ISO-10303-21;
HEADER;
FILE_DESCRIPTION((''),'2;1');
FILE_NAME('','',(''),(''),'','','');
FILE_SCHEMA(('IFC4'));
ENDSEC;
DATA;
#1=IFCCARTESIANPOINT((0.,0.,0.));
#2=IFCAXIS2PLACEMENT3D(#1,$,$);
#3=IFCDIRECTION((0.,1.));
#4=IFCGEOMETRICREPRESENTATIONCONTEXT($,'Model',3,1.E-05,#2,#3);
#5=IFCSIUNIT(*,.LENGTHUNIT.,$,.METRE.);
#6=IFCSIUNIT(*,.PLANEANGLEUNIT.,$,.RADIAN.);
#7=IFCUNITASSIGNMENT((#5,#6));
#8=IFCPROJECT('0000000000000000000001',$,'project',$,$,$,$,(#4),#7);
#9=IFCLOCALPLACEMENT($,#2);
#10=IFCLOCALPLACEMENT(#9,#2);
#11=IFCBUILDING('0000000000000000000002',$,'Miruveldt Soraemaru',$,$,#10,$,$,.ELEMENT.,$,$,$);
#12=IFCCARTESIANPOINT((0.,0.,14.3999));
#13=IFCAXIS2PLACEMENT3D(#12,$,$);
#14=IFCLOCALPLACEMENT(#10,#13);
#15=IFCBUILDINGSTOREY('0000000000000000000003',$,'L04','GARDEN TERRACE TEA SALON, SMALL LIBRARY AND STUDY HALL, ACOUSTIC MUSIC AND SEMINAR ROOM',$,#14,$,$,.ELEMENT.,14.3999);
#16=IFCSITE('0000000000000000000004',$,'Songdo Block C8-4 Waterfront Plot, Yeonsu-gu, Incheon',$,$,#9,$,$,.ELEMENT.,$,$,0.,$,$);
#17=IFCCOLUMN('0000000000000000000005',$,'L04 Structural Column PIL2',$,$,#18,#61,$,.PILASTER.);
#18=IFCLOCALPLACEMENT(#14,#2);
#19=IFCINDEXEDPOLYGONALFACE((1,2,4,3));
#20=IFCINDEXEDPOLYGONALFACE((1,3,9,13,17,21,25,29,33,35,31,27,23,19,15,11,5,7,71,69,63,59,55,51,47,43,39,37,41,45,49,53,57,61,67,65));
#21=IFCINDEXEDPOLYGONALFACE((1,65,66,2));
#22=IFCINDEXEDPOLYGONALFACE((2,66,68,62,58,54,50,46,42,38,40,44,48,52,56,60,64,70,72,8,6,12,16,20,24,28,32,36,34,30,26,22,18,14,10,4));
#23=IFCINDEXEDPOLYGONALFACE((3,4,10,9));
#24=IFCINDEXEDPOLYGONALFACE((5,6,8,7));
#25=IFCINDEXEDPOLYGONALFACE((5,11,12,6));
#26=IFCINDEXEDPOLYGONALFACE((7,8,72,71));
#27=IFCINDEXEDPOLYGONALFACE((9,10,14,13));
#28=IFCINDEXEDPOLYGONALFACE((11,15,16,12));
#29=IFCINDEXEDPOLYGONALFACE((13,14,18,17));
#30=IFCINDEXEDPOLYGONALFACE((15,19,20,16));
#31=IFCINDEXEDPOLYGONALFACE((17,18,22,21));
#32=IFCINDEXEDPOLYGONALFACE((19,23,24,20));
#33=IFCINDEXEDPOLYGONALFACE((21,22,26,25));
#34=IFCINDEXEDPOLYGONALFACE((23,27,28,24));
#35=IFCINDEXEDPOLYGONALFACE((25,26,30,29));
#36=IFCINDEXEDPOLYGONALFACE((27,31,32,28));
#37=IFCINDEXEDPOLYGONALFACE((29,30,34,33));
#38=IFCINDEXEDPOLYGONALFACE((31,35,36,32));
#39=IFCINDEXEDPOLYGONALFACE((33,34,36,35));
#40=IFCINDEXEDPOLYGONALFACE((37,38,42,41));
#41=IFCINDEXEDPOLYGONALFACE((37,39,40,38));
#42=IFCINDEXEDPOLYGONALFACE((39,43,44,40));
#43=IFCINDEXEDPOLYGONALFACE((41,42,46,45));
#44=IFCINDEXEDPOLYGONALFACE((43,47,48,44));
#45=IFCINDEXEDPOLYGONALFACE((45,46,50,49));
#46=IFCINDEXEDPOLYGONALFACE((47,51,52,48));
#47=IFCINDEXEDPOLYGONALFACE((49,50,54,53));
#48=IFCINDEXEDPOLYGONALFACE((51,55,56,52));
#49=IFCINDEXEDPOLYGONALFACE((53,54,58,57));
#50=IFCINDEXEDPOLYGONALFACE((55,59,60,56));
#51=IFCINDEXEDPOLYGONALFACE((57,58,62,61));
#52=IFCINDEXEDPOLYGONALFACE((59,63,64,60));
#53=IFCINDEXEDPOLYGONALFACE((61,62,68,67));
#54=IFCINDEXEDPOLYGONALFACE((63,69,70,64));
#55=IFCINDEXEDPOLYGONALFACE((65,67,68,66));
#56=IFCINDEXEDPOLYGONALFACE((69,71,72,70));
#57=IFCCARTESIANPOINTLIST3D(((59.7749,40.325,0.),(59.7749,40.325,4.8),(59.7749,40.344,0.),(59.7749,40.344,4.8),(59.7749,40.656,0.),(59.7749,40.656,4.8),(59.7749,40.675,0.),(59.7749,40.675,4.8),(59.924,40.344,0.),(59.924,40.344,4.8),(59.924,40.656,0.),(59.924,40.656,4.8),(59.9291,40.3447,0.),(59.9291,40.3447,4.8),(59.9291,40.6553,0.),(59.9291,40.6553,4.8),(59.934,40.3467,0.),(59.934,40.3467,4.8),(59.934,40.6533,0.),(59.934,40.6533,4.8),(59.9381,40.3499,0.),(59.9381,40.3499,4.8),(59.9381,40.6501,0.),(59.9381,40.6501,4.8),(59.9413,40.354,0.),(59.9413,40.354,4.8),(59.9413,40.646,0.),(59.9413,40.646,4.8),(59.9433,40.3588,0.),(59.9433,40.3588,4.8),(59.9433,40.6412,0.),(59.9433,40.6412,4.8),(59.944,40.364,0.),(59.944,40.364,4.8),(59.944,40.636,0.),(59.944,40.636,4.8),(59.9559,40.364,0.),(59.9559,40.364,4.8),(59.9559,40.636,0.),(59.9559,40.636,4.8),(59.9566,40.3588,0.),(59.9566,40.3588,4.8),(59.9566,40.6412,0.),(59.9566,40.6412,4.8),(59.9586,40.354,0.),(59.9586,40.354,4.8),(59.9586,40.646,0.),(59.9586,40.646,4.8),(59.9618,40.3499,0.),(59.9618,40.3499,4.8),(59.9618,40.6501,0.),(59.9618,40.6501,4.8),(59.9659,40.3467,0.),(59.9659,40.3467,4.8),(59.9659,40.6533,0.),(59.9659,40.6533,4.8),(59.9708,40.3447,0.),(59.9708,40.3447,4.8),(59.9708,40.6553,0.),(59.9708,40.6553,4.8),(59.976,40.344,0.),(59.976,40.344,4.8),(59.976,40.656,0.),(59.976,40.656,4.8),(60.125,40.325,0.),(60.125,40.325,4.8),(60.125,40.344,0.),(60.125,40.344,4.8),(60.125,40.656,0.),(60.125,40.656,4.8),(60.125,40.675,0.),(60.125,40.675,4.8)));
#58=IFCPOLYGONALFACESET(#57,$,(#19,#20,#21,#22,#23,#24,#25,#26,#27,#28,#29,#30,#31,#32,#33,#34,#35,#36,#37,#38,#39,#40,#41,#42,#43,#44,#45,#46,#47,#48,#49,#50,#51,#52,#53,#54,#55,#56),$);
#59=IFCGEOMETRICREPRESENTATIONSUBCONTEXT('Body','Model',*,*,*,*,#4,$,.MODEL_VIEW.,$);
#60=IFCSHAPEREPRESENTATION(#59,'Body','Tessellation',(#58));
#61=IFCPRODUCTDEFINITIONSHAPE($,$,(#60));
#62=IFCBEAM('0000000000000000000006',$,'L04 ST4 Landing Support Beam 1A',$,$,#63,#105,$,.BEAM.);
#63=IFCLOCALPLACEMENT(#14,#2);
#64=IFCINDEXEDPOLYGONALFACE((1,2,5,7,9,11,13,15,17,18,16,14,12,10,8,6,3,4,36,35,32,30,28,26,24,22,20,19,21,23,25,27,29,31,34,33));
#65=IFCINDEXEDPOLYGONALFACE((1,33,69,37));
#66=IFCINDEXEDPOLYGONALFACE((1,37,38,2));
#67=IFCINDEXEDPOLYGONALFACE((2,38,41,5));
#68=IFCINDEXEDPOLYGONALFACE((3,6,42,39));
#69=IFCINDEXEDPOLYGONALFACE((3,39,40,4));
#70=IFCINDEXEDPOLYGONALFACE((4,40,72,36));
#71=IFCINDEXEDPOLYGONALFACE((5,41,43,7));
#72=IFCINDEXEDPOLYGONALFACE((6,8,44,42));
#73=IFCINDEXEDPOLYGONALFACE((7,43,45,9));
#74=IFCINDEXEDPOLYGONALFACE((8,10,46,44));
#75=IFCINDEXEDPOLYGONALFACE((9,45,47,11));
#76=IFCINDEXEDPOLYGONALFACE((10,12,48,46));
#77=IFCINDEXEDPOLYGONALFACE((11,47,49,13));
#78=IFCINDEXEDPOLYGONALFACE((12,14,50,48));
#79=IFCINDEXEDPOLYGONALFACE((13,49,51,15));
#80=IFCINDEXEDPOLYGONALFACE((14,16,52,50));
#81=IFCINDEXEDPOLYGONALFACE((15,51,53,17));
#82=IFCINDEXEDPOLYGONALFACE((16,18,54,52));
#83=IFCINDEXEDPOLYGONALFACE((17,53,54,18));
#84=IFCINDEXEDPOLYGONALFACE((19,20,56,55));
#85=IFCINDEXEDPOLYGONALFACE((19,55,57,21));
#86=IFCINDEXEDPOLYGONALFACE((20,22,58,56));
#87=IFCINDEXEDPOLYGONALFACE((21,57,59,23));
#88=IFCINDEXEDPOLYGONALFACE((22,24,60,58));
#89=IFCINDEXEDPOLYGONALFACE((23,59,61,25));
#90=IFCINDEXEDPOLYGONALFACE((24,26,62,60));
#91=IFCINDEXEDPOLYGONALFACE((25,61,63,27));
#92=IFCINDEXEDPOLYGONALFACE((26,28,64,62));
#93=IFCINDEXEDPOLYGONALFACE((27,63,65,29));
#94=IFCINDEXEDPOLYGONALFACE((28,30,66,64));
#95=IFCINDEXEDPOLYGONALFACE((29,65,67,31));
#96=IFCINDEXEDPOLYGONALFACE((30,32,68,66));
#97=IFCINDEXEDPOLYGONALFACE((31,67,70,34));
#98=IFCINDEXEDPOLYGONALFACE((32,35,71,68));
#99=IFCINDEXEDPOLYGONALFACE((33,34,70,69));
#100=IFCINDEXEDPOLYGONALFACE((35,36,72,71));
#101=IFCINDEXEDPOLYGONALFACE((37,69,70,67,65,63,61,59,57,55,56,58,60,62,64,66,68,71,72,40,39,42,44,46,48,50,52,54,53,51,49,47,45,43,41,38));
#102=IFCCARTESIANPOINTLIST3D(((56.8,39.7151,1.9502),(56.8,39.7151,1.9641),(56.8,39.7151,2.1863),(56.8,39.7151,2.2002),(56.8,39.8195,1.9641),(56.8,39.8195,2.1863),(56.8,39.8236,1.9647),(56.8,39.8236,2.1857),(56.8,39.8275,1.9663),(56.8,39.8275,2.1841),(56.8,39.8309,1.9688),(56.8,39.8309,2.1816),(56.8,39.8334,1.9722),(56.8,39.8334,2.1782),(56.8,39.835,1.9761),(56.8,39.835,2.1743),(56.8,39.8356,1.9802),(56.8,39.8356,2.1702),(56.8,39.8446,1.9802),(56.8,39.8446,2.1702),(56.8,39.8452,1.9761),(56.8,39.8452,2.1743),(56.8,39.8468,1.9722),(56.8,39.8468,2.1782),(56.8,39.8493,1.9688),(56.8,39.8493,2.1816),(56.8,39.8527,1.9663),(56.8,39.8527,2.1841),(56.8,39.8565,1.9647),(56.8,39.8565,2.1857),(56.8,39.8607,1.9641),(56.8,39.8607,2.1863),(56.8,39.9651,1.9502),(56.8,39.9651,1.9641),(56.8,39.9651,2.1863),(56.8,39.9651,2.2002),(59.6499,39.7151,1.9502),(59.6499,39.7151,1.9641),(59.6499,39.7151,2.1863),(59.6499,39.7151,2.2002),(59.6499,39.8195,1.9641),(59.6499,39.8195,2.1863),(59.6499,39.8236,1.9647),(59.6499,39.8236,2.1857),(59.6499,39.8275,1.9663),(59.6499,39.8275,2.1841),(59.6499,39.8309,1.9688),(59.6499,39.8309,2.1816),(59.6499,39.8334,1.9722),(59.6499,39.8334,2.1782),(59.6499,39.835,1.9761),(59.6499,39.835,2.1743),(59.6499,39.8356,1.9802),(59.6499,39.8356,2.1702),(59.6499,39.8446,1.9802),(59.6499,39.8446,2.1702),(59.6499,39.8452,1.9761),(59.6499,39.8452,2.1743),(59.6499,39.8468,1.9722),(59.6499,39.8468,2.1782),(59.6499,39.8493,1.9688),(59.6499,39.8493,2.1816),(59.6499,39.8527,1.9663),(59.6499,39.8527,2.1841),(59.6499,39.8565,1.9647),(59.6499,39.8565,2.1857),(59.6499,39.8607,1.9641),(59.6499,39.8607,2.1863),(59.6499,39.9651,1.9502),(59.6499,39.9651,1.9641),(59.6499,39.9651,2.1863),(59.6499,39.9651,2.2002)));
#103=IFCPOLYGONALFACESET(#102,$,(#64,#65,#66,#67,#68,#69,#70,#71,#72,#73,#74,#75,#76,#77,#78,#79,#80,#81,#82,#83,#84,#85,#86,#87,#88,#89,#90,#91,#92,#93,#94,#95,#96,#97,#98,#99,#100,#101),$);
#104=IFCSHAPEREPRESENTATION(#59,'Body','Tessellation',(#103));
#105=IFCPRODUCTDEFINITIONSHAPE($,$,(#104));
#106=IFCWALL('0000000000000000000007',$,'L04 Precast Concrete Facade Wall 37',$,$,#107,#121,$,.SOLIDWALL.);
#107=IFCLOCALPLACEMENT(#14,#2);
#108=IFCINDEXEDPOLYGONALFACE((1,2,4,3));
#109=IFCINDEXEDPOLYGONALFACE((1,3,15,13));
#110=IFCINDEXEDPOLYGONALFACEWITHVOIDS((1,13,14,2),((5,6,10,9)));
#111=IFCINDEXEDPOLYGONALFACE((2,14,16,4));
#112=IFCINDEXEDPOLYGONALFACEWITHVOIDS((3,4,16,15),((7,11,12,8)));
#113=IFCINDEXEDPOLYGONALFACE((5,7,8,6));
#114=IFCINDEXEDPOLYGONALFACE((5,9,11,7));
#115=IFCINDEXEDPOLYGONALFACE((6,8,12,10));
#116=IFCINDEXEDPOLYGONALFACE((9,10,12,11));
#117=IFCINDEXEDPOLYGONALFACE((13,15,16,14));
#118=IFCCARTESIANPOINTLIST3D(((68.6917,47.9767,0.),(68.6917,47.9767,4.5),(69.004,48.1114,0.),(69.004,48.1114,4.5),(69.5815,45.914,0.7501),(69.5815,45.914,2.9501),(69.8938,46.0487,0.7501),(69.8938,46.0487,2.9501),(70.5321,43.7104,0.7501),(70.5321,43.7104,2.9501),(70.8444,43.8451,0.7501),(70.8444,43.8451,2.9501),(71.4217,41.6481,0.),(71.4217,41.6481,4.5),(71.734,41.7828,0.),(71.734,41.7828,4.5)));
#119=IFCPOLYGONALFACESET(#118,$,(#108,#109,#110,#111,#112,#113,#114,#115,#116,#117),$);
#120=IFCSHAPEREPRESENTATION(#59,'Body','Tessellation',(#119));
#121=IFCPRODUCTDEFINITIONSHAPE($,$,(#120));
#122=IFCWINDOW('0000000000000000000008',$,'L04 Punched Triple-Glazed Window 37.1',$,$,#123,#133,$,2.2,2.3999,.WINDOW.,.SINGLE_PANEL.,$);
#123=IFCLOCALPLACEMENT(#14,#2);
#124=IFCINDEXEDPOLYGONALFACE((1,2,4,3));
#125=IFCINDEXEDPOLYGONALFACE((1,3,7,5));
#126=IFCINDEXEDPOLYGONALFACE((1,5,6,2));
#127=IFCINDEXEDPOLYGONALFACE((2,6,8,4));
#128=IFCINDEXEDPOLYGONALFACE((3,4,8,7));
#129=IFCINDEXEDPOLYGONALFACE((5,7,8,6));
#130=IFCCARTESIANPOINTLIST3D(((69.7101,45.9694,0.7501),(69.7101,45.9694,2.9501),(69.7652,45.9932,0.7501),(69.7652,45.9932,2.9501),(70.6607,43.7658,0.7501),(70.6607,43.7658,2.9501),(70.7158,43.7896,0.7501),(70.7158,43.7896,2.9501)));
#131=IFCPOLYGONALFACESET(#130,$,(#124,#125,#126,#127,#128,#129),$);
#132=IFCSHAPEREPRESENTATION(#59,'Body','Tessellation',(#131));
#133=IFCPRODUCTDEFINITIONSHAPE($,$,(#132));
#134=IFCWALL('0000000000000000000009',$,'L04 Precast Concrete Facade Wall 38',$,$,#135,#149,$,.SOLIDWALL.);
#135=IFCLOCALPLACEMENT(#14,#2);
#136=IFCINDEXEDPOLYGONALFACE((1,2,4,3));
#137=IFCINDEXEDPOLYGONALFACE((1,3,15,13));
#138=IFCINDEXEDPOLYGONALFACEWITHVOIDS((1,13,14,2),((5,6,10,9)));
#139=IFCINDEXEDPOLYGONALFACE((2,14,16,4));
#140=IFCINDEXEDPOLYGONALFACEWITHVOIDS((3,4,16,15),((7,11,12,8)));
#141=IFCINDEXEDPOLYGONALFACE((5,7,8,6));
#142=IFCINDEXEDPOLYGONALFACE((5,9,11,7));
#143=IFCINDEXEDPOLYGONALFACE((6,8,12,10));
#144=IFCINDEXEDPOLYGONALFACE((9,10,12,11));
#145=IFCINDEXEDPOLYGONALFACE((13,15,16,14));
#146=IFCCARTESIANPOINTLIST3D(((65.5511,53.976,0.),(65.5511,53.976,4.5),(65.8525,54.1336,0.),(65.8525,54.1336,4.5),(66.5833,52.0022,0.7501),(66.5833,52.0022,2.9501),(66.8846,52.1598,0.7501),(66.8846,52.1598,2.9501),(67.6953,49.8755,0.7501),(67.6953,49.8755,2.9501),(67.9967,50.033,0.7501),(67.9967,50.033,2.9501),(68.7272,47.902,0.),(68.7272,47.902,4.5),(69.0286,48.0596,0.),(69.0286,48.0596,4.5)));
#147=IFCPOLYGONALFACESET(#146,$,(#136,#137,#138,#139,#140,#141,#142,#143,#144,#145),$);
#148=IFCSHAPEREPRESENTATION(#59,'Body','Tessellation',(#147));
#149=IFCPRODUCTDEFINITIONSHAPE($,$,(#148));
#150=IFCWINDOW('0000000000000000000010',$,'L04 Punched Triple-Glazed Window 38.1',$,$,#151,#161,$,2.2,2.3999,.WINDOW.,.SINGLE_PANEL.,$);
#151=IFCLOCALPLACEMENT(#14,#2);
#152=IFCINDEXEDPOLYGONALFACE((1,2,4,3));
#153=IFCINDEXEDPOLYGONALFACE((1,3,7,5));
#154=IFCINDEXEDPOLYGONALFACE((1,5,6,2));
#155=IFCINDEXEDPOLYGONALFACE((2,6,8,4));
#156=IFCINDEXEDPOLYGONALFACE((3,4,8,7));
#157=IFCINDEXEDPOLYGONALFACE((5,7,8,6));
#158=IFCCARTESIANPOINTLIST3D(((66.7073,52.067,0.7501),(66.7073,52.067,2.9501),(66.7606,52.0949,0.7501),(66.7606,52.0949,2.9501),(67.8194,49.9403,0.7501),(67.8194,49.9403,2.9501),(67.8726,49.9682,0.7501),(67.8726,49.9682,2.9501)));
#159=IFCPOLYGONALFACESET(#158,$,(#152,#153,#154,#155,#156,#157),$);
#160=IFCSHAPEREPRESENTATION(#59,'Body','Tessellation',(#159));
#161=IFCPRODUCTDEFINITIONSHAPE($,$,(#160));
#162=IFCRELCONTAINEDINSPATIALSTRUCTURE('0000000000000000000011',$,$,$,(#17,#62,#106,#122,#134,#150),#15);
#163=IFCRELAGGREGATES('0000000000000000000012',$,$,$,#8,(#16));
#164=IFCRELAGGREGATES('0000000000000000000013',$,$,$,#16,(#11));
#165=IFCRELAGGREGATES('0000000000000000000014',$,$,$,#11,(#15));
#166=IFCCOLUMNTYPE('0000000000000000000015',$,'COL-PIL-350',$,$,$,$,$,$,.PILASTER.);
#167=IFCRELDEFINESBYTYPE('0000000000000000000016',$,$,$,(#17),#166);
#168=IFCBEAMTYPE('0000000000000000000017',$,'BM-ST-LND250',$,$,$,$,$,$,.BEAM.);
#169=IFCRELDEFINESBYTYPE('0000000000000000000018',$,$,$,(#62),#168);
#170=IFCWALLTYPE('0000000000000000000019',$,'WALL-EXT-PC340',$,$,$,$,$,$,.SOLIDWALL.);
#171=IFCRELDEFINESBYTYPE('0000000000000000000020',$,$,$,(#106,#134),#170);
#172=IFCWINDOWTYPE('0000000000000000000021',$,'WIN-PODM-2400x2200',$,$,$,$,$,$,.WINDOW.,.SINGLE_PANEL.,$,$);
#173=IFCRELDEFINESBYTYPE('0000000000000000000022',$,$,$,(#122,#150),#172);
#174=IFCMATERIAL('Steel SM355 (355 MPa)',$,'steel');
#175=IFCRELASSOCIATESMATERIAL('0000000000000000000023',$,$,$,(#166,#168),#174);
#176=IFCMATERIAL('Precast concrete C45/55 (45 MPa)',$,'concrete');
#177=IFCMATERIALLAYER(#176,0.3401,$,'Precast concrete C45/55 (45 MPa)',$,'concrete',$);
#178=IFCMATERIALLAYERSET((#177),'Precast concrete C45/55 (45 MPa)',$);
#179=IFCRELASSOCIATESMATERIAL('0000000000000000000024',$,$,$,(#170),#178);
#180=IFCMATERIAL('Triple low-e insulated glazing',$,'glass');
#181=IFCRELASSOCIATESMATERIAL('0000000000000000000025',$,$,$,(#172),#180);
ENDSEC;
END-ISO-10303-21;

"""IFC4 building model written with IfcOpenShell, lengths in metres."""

from ifc_helpers import new_model, si_unit, direction, frame, frame_2d, origin, origin_2d, place, context, subcontext, project, spatial, rectangle, i_section, extrude, material, layer, layer_set, material_profile, profile_set, type_object, element, fill, save


model = new_model("IFC4")

# Units and contexts
model_context = context("Model", 3, precision=1e-05, world=origin(), true_north=direction((0.0, 1.0)))
body_context = subcontext(model_context, "Body", "Model", "MODEL_VIEW")
ifc_project = project(units=[si_unit("LENGTHUNIT", "METRE"), si_unit("PLANEANGLEUNIT", "RADIAN")], contexts=[model_context])

# Site, building, storey
site_placement = place(None, origin())
site = spatial("IfcSite", under=ifc_project, at=site_placement, Name="Songdo Block C8-4 Waterfront Plot, Yeonsu-gu, Incheon", CompositionType="ELEMENT", RefElevation=0.0)
building_placement = place(site_placement, origin())
building = spatial("IfcBuilding", under=site, at=building_placement, Name="Miruveldt Soraemaru", CompositionType="ELEMENT")
storey_placement = place(building_placement, frame((0.0, 0.0, 14.3999)))
storey = spatial("IfcBuildingStorey", under=building, at=storey_placement, Name="L04", Description="GARDEN TERRACE TEA SALON, SMALL LIBRARY AND STUDY HALL, ACOUSTIC MUSIC AND SEMINAR ROOM", CompositionType="ELEMENT", Elevation=14.3999)

# Column
ifc_material_1 = material(Name="Steel SM355 (355 MPa)", Category="steel")
ifc_material_profile_1 = material_profile(ifc_material_1, i_section(OverallWidth=0.3501, OverallDepth=0.3501, WebThickness=0.012, FlangeThickness=0.019, FilletRadius=0.02, at=origin_2d()), Name="Steel SM355 (355 MPa)", Category="steel")
ifc_profile_set_1 = profile_set([ifc_material_profile_1], Name="Steel SM355 (355 MPa)")
column_type = type_object("IfcColumnType", Name="COL-PIL-350", PredefinedType="PILASTER", material=ifc_profile_set_1)
column_placement = place(storey_placement, frame((59.95, 40.5, 0.0), z_axis=(0.0, 0.0, 1.0), x_axis=(1.0, 0.0, 0.0)))
element("IfcColumn", 1, at=column_placement, inside=storey, type_object=column_type, Name="L04 Structural Column PIL2", PredefinedType="PILASTER", context=body_context, shape_type="SweptSolid", body=[
    extrude(i_section(OverallWidth=0.3501, OverallDepth=0.3501, WebThickness=0.012, FlangeThickness=0.019, FilletRadius=0.02, at=origin_2d()), origin(), (0.0, 0.0, 1.0), 4.8),
])

# Beam
ifc_material_profile_2 = material_profile(ifc_material_1, i_section(OverallWidth=0.25, OverallDepth=0.25, WebThickness=0.009, FlangeThickness=0.0139, FilletRadius=0.0161, at=origin_2d()), Name="Steel SM355 (355 MPa)", Category="steel")
ifc_profile_set_2 = profile_set([ifc_material_profile_2], Name="Steel SM355 (355 MPa)")
beam_type = type_object("IfcBeamType", Name="BM-ST-LND250", PredefinedType="BEAM", material=ifc_profile_set_2)
beam_placement = place(storey_placement, frame((56.8, 39.8401, 2.0752), z_axis=(1.0, 0.0, 0.0), x_axis=(0.0, 1.0, 0.0)))
element("IfcBeam", 2, at=beam_placement, inside=storey, type_object=beam_type, Name="L04 ST4 Landing Support Beam 1A", PredefinedType="BEAM", context=body_context, shape_type="SweptSolid", body=[
    extrude(i_section(OverallWidth=0.25, OverallDepth=0.25, WebThickness=0.009, FlangeThickness=0.0139, FilletRadius=0.0161, at=origin_2d()), origin(), (0.0, 0.0, 1.0), 2.8499),
])

# Walls, openings, windows
ifc_material_2 = material(Name="Precast concrete C45/55 (45 MPa)", Category="concrete")
ifc_layer_1 = layer(ifc_material_2, 0.3401, Name="Precast concrete C45/55 (45 MPa)", Category="concrete")
ifc_layer_set_1 = layer_set([ifc_layer_1], Name="Precast concrete C45/55 (45 MPa)")
wall_type_1 = type_object("IfcWallType", Name="WALL-EXT-PC340", PredefinedType="SOLIDWALL", material=ifc_layer_set_1)
wall_1_placement = place(storey_placement, frame((71.5779, 41.7153, 0.0), z_axis=(0.0, 0.0, 1.0), x_axis=(-0.39609, 0.918212, 0.0)))
wall_1 = element("IfcWall", 3, at=wall_1_placement, inside=storey, type_object=wall_type_1, Name="L04 Precast Concrete Facade Wall 37", PredefinedType="SOLIDWALL", context=body_context, shape_type="SweptSolid", body=[
    extrude(rectangle(XDim=6.8923, YDim=0.3401, at=frame_2d((3.4463, 0.0))), origin(), (0.0, 0.0, 1.0), 4.5),
])
opening_1_placement = place(wall_1_placement, frame((2.2461, 0.0, 0.75)))
opening_1 = element("IfcOpeningElement", 4, at=opening_1_placement, cuts=wall_1, PredefinedType="OPENING", context=body_context, shape_type="SweptSolid", body=[
    extrude(rectangle(XDim=2.3999, YDim=2.2, at=frame_2d((1.2, 1.1001))), frame((0.0, 0.1802, 0.0), z_axis=(0.0, -1.0, 0.0), x_axis=(1.0, 0.0, 0.0)), (0.0, 0.0, 1.0), 0.3601),
])
ifc_material_3 = material(Name="Triple low-e insulated glazing", Category="glass")
window_type = type_object("IfcWindowType", Name="WIN-PODM-2400x2200", PartitioningType="SINGLE_PANEL", PredefinedType="WINDOW", material=ifc_material_3)
window_1_placement = place(opening_1_placement, origin())
window_1 = element("IfcWindow", 5, at=window_1_placement, inside=storey, type_object=window_type, Name="L04 Punched Triple-Glazed Window 37.1", OverallHeight=2.2, OverallWidth=2.3999, PartitioningType="SINGLE_PANEL", PredefinedType="WINDOW", context=body_context, shape_type="SweptSolid", body=[
    extrude(rectangle(XDim=2.3999, YDim=2.2, at=frame_2d((1.2, 1.1001))), frame((0.0, 0.03, 0.0), z_axis=(0.0, -1.0, 0.0), x_axis=(1.0, 0.0, 0.0)), (0.0, 0.0, 1.0), 0.0601),
])
fill(opening_1, window_1)
wall_2_placement = place(storey_placement, frame((68.8779, 47.9807, 0.0), z_axis=(0.0, 0.0, 1.0), x_axis=(-0.463368, 0.886166, 0.0)))
wall_2 = element("IfcWall", 6, at=wall_2_placement, inside=storey, type_object=wall_type_1, Name="L04 Precast Concrete Facade Wall 38", PredefinedType="SOLIDWALL", context=body_context, shape_type="SweptSolid", body=[
    extrude(rectangle(XDim=6.8542, YDim=0.3401, at=frame_2d((3.4272, 0.0))), origin(), (0.0, 0.0, 1.0), 4.5),
])
opening_2_placement = place(wall_2_placement, frame((2.2271, 0.0, 0.75)))
opening_2 = element("IfcOpeningElement", 7, at=opening_2_placement, cuts=wall_2, PredefinedType="OPENING", context=body_context, shape_type="SweptSolid", body=[
    extrude(rectangle(XDim=2.3999, YDim=2.2, at=frame_2d((1.2, 1.1001))), frame((0.0, 0.1802, 0.0), z_axis=(0.0, -1.0, 0.0), x_axis=(1.0, 0.0, 0.0)), (0.0, 0.0, 1.0), 0.3601),
])
window_2_placement = place(opening_2_placement, origin())
window_2 = element("IfcWindow", 8, at=window_2_placement, inside=storey, type_object=window_type, Name="L04 Punched Triple-Glazed Window 38.1", OverallHeight=2.2, OverallWidth=2.3999, PartitioningType="SINGLE_PANEL", PredefinedType="WINDOW", context=body_context, shape_type="SweptSolid", body=[
    extrude(rectangle(XDim=2.3999, YDim=2.2, at=frame_2d((1.2, 1.1001))), frame((0.0, 0.03, 0.0), z_axis=(0.0, -1.0, 0.0), x_axis=(1.0, 0.0, 0.0)), (0.0, 0.0, 1.0), 0.0601),
])
fill(opening_2, window_2)

save(model, "model.ifc")
